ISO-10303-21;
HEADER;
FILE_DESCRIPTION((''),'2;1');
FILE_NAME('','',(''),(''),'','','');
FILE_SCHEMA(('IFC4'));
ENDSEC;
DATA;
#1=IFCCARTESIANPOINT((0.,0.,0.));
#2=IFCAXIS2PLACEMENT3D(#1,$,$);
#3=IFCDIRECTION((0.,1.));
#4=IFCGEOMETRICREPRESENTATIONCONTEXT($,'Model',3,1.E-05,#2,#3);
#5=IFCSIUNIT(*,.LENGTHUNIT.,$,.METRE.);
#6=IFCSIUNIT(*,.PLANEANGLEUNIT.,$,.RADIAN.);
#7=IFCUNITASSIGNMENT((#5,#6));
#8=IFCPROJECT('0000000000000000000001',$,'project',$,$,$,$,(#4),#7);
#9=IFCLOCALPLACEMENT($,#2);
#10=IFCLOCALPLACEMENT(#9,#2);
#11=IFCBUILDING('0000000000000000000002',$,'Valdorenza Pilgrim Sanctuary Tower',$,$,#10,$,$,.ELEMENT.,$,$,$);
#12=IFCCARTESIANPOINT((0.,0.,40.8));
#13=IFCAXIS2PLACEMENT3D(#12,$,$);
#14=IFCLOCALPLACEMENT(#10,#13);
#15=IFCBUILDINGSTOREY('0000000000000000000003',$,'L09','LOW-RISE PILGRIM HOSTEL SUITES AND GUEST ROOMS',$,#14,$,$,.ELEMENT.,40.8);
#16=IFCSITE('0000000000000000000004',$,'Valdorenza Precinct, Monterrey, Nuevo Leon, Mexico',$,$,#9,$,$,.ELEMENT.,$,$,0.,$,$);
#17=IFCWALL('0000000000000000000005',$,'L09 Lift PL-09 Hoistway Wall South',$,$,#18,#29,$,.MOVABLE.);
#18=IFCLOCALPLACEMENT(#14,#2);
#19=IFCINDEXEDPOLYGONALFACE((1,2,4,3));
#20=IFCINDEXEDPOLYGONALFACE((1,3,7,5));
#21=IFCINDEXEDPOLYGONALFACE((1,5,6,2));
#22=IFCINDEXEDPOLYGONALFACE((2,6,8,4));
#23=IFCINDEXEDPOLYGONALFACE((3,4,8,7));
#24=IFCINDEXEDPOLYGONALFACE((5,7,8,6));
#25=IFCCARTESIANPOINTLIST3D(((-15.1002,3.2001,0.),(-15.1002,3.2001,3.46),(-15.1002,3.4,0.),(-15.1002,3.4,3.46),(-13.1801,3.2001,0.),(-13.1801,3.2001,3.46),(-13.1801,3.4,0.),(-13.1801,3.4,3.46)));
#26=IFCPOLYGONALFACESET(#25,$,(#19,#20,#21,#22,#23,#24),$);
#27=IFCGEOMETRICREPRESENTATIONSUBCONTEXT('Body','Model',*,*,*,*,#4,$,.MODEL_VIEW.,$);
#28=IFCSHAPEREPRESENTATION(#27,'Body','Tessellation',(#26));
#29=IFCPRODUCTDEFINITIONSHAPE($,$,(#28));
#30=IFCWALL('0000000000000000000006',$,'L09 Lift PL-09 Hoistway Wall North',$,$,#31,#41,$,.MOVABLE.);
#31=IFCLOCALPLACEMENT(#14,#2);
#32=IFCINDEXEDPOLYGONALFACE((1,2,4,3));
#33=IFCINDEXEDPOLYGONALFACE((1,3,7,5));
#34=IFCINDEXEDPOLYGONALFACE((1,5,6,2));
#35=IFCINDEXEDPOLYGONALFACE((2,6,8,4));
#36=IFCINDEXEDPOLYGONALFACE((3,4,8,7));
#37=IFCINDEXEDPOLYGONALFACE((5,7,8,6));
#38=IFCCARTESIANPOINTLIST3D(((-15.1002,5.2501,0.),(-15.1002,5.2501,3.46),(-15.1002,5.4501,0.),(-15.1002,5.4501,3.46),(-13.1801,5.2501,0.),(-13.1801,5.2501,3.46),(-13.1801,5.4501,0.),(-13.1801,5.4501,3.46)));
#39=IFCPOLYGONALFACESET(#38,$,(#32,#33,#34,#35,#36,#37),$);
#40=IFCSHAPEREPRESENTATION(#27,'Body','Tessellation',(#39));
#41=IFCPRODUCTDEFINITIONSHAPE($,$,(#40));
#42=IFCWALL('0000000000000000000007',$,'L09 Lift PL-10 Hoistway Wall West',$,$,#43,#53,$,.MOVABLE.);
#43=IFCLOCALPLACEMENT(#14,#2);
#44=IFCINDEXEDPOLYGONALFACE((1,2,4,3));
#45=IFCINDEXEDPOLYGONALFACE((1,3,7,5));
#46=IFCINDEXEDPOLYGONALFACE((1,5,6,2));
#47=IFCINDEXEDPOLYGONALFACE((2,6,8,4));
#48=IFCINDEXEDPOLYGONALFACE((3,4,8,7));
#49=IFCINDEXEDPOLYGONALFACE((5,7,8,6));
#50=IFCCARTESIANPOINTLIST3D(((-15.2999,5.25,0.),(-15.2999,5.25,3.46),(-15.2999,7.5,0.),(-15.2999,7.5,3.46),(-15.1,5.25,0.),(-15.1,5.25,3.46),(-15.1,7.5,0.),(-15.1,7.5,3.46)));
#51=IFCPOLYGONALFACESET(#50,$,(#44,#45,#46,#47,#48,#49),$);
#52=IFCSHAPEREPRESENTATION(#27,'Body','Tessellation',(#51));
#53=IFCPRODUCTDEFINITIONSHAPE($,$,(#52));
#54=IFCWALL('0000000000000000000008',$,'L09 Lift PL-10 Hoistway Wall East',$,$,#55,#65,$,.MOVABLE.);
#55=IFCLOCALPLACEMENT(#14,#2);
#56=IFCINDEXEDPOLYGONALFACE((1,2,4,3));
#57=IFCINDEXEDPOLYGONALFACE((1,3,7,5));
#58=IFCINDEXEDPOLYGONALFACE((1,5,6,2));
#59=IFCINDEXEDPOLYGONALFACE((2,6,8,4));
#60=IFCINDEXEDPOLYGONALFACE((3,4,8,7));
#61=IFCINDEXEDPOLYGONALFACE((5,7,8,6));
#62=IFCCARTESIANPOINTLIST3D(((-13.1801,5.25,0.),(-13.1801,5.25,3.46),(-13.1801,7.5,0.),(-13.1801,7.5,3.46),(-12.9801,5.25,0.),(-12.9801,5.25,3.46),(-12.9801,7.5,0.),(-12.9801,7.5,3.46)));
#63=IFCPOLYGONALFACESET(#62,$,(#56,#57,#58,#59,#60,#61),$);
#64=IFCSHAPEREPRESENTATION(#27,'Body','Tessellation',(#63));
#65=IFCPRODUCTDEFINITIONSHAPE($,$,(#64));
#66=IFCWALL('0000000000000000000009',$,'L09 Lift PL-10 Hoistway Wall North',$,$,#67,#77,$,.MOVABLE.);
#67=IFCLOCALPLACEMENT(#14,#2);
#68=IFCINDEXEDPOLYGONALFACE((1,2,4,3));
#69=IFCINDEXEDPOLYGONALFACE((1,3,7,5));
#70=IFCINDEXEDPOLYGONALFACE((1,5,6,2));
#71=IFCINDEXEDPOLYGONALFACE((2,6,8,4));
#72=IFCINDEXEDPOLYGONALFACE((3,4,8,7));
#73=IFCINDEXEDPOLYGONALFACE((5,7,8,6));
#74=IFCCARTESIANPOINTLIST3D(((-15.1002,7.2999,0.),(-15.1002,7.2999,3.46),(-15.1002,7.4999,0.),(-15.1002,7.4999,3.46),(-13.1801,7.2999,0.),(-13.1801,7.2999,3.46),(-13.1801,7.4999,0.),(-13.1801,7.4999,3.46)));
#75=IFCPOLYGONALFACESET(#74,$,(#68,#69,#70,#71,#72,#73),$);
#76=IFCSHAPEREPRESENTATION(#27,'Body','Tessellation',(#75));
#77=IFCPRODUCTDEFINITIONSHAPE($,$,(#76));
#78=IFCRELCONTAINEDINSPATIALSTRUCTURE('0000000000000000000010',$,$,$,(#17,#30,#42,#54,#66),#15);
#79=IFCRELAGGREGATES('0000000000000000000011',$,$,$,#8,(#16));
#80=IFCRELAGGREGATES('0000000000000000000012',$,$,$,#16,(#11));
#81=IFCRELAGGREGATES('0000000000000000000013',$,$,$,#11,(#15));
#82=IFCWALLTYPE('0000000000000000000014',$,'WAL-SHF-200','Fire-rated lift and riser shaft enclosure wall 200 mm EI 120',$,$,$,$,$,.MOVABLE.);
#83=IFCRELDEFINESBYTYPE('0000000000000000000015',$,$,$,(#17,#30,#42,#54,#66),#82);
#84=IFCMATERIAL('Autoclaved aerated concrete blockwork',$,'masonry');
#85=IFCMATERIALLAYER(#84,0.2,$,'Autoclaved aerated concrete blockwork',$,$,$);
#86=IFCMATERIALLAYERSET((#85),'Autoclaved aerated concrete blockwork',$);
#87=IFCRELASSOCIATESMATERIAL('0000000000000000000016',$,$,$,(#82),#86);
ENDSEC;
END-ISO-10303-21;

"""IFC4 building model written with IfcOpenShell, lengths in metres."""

from ifc_helpers import new_model, si_unit, direction, frame, frame_2d, origin, place, context, subcontext, project, spatial, rectangle, extrude, material, layer, layer_set, type_object, element, save


model = new_model("IFC4")

# Units and contexts
model_context = context("Model", 3, precision=1e-05, world=origin(), true_north=direction((0.0, 1.0)))
body_context = subcontext(model_context, "Body", "Model", "MODEL_VIEW")
ifc_project = project(units=[si_unit("LENGTHUNIT", "METRE"), si_unit("PLANEANGLEUNIT", "RADIAN")], contexts=[model_context])

# Site, building, storey
site_placement = place(None, origin())
site = spatial("IfcSite", under=ifc_project, at=site_placement, Name="Valdorenza Precinct, Monterrey, Nuevo Leon, Mexico", CompositionType="ELEMENT", RefElevation=0.0)
building_placement = place(site_placement, origin())
building = spatial("IfcBuilding", under=site, at=building_placement, Name="Valdorenza Pilgrim Sanctuary Tower", CompositionType="ELEMENT")
storey_placement = place(building_placement, frame((0.0, 0.0, 40.8)))
storey = spatial("IfcBuildingStorey", under=building, at=storey_placement, Name="L09", Description="LOW-RISE PILGRIM HOSTEL SUITES AND GUEST ROOMS", CompositionType="ELEMENT", Elevation=40.8)

# Walls
ifc_material_1 = material(Name="Autoclaved aerated concrete blockwork", Category="masonry")
ifc_layer_1 = layer(ifc_material_1, 0.2, Name="Autoclaved aerated concrete blockwork")
ifc_layer_set_1 = layer_set([ifc_layer_1], Name="Autoclaved aerated concrete blockwork")
wall_type_1 = type_object("IfcWallType", Name="WAL-SHF-200", Description="Fire-rated lift and riser shaft enclosure wall 200 mm EI 120", PredefinedType="MOVABLE", material=ifc_layer_set_1)
for number, where, z_axis, x_axis, name in (
    (1, (-15.1001, 3.3, 0.0), (0.0, 0.0, 1.0), (1.0, 0.0, 0.0), "L09 Lift PL-09 Hoistway Wall South"),
    (2, (-15.1001, 5.3501, 0.0), (0.0, 0.0, 1.0), (1.0, 0.0, 0.0), "L09 Lift PL-09 Hoistway Wall North"),
):
    element("IfcWall", number, at=place(storey_placement, frame(where, z_axis=z_axis, x_axis=x_axis)), inside=storey, type_object=wall_type_1, Name=name, PredefinedType="MOVABLE", context=body_context, shape_type="SweptSolid", body=[
        extrude(rectangle(XDim=1.9202, YDim=0.2, at=frame_2d((0.96, 0.0))), origin(), (0.0, 0.0, 1.0), 3.46),
    ])
for number, where, z_axis, x_axis, name in (
    (3, (-15.2, 5.25, 0.0), (0.0, 0.0, 1.0), (0.0, 1.0, 0.0), "L09 Lift PL-10 Hoistway Wall West"),
    (4, (-13.0801, 5.25, 0.0), (0.0, 0.0, 1.0), (0.0, 1.0, 0.0), "L09 Lift PL-10 Hoistway Wall East"),
):
    element("IfcWall", number, at=place(storey_placement, frame(where, z_axis=z_axis, x_axis=x_axis)), inside=storey, type_object=wall_type_1, Name=name, PredefinedType="MOVABLE", context=body_context, shape_type="SweptSolid", body=[
        extrude(rectangle(XDim=2.25, YDim=0.2, at=frame_2d((1.125, 0.0))), origin(), (0.0, 0.0, 1.0), 3.46),
    ])
wall_1_placement = place(storey_placement, frame((-15.1001, 7.3999, 0.0), z_axis=(0.0, 0.0, 1.0), x_axis=(1.0, 0.0, 0.0)))
element("IfcWall", 5, at=wall_1_placement, inside=storey, type_object=wall_type_1, Name="L09 Lift PL-10 Hoistway Wall North", PredefinedType="MOVABLE", context=body_context, shape_type="SweptSolid", body=[
    extrude(rectangle(XDim=1.9202, YDim=0.2, at=frame_2d((0.96, 0.0))), origin(), (0.0, 0.0, 1.0), 3.46),
])

save(model, "model.ifc")
